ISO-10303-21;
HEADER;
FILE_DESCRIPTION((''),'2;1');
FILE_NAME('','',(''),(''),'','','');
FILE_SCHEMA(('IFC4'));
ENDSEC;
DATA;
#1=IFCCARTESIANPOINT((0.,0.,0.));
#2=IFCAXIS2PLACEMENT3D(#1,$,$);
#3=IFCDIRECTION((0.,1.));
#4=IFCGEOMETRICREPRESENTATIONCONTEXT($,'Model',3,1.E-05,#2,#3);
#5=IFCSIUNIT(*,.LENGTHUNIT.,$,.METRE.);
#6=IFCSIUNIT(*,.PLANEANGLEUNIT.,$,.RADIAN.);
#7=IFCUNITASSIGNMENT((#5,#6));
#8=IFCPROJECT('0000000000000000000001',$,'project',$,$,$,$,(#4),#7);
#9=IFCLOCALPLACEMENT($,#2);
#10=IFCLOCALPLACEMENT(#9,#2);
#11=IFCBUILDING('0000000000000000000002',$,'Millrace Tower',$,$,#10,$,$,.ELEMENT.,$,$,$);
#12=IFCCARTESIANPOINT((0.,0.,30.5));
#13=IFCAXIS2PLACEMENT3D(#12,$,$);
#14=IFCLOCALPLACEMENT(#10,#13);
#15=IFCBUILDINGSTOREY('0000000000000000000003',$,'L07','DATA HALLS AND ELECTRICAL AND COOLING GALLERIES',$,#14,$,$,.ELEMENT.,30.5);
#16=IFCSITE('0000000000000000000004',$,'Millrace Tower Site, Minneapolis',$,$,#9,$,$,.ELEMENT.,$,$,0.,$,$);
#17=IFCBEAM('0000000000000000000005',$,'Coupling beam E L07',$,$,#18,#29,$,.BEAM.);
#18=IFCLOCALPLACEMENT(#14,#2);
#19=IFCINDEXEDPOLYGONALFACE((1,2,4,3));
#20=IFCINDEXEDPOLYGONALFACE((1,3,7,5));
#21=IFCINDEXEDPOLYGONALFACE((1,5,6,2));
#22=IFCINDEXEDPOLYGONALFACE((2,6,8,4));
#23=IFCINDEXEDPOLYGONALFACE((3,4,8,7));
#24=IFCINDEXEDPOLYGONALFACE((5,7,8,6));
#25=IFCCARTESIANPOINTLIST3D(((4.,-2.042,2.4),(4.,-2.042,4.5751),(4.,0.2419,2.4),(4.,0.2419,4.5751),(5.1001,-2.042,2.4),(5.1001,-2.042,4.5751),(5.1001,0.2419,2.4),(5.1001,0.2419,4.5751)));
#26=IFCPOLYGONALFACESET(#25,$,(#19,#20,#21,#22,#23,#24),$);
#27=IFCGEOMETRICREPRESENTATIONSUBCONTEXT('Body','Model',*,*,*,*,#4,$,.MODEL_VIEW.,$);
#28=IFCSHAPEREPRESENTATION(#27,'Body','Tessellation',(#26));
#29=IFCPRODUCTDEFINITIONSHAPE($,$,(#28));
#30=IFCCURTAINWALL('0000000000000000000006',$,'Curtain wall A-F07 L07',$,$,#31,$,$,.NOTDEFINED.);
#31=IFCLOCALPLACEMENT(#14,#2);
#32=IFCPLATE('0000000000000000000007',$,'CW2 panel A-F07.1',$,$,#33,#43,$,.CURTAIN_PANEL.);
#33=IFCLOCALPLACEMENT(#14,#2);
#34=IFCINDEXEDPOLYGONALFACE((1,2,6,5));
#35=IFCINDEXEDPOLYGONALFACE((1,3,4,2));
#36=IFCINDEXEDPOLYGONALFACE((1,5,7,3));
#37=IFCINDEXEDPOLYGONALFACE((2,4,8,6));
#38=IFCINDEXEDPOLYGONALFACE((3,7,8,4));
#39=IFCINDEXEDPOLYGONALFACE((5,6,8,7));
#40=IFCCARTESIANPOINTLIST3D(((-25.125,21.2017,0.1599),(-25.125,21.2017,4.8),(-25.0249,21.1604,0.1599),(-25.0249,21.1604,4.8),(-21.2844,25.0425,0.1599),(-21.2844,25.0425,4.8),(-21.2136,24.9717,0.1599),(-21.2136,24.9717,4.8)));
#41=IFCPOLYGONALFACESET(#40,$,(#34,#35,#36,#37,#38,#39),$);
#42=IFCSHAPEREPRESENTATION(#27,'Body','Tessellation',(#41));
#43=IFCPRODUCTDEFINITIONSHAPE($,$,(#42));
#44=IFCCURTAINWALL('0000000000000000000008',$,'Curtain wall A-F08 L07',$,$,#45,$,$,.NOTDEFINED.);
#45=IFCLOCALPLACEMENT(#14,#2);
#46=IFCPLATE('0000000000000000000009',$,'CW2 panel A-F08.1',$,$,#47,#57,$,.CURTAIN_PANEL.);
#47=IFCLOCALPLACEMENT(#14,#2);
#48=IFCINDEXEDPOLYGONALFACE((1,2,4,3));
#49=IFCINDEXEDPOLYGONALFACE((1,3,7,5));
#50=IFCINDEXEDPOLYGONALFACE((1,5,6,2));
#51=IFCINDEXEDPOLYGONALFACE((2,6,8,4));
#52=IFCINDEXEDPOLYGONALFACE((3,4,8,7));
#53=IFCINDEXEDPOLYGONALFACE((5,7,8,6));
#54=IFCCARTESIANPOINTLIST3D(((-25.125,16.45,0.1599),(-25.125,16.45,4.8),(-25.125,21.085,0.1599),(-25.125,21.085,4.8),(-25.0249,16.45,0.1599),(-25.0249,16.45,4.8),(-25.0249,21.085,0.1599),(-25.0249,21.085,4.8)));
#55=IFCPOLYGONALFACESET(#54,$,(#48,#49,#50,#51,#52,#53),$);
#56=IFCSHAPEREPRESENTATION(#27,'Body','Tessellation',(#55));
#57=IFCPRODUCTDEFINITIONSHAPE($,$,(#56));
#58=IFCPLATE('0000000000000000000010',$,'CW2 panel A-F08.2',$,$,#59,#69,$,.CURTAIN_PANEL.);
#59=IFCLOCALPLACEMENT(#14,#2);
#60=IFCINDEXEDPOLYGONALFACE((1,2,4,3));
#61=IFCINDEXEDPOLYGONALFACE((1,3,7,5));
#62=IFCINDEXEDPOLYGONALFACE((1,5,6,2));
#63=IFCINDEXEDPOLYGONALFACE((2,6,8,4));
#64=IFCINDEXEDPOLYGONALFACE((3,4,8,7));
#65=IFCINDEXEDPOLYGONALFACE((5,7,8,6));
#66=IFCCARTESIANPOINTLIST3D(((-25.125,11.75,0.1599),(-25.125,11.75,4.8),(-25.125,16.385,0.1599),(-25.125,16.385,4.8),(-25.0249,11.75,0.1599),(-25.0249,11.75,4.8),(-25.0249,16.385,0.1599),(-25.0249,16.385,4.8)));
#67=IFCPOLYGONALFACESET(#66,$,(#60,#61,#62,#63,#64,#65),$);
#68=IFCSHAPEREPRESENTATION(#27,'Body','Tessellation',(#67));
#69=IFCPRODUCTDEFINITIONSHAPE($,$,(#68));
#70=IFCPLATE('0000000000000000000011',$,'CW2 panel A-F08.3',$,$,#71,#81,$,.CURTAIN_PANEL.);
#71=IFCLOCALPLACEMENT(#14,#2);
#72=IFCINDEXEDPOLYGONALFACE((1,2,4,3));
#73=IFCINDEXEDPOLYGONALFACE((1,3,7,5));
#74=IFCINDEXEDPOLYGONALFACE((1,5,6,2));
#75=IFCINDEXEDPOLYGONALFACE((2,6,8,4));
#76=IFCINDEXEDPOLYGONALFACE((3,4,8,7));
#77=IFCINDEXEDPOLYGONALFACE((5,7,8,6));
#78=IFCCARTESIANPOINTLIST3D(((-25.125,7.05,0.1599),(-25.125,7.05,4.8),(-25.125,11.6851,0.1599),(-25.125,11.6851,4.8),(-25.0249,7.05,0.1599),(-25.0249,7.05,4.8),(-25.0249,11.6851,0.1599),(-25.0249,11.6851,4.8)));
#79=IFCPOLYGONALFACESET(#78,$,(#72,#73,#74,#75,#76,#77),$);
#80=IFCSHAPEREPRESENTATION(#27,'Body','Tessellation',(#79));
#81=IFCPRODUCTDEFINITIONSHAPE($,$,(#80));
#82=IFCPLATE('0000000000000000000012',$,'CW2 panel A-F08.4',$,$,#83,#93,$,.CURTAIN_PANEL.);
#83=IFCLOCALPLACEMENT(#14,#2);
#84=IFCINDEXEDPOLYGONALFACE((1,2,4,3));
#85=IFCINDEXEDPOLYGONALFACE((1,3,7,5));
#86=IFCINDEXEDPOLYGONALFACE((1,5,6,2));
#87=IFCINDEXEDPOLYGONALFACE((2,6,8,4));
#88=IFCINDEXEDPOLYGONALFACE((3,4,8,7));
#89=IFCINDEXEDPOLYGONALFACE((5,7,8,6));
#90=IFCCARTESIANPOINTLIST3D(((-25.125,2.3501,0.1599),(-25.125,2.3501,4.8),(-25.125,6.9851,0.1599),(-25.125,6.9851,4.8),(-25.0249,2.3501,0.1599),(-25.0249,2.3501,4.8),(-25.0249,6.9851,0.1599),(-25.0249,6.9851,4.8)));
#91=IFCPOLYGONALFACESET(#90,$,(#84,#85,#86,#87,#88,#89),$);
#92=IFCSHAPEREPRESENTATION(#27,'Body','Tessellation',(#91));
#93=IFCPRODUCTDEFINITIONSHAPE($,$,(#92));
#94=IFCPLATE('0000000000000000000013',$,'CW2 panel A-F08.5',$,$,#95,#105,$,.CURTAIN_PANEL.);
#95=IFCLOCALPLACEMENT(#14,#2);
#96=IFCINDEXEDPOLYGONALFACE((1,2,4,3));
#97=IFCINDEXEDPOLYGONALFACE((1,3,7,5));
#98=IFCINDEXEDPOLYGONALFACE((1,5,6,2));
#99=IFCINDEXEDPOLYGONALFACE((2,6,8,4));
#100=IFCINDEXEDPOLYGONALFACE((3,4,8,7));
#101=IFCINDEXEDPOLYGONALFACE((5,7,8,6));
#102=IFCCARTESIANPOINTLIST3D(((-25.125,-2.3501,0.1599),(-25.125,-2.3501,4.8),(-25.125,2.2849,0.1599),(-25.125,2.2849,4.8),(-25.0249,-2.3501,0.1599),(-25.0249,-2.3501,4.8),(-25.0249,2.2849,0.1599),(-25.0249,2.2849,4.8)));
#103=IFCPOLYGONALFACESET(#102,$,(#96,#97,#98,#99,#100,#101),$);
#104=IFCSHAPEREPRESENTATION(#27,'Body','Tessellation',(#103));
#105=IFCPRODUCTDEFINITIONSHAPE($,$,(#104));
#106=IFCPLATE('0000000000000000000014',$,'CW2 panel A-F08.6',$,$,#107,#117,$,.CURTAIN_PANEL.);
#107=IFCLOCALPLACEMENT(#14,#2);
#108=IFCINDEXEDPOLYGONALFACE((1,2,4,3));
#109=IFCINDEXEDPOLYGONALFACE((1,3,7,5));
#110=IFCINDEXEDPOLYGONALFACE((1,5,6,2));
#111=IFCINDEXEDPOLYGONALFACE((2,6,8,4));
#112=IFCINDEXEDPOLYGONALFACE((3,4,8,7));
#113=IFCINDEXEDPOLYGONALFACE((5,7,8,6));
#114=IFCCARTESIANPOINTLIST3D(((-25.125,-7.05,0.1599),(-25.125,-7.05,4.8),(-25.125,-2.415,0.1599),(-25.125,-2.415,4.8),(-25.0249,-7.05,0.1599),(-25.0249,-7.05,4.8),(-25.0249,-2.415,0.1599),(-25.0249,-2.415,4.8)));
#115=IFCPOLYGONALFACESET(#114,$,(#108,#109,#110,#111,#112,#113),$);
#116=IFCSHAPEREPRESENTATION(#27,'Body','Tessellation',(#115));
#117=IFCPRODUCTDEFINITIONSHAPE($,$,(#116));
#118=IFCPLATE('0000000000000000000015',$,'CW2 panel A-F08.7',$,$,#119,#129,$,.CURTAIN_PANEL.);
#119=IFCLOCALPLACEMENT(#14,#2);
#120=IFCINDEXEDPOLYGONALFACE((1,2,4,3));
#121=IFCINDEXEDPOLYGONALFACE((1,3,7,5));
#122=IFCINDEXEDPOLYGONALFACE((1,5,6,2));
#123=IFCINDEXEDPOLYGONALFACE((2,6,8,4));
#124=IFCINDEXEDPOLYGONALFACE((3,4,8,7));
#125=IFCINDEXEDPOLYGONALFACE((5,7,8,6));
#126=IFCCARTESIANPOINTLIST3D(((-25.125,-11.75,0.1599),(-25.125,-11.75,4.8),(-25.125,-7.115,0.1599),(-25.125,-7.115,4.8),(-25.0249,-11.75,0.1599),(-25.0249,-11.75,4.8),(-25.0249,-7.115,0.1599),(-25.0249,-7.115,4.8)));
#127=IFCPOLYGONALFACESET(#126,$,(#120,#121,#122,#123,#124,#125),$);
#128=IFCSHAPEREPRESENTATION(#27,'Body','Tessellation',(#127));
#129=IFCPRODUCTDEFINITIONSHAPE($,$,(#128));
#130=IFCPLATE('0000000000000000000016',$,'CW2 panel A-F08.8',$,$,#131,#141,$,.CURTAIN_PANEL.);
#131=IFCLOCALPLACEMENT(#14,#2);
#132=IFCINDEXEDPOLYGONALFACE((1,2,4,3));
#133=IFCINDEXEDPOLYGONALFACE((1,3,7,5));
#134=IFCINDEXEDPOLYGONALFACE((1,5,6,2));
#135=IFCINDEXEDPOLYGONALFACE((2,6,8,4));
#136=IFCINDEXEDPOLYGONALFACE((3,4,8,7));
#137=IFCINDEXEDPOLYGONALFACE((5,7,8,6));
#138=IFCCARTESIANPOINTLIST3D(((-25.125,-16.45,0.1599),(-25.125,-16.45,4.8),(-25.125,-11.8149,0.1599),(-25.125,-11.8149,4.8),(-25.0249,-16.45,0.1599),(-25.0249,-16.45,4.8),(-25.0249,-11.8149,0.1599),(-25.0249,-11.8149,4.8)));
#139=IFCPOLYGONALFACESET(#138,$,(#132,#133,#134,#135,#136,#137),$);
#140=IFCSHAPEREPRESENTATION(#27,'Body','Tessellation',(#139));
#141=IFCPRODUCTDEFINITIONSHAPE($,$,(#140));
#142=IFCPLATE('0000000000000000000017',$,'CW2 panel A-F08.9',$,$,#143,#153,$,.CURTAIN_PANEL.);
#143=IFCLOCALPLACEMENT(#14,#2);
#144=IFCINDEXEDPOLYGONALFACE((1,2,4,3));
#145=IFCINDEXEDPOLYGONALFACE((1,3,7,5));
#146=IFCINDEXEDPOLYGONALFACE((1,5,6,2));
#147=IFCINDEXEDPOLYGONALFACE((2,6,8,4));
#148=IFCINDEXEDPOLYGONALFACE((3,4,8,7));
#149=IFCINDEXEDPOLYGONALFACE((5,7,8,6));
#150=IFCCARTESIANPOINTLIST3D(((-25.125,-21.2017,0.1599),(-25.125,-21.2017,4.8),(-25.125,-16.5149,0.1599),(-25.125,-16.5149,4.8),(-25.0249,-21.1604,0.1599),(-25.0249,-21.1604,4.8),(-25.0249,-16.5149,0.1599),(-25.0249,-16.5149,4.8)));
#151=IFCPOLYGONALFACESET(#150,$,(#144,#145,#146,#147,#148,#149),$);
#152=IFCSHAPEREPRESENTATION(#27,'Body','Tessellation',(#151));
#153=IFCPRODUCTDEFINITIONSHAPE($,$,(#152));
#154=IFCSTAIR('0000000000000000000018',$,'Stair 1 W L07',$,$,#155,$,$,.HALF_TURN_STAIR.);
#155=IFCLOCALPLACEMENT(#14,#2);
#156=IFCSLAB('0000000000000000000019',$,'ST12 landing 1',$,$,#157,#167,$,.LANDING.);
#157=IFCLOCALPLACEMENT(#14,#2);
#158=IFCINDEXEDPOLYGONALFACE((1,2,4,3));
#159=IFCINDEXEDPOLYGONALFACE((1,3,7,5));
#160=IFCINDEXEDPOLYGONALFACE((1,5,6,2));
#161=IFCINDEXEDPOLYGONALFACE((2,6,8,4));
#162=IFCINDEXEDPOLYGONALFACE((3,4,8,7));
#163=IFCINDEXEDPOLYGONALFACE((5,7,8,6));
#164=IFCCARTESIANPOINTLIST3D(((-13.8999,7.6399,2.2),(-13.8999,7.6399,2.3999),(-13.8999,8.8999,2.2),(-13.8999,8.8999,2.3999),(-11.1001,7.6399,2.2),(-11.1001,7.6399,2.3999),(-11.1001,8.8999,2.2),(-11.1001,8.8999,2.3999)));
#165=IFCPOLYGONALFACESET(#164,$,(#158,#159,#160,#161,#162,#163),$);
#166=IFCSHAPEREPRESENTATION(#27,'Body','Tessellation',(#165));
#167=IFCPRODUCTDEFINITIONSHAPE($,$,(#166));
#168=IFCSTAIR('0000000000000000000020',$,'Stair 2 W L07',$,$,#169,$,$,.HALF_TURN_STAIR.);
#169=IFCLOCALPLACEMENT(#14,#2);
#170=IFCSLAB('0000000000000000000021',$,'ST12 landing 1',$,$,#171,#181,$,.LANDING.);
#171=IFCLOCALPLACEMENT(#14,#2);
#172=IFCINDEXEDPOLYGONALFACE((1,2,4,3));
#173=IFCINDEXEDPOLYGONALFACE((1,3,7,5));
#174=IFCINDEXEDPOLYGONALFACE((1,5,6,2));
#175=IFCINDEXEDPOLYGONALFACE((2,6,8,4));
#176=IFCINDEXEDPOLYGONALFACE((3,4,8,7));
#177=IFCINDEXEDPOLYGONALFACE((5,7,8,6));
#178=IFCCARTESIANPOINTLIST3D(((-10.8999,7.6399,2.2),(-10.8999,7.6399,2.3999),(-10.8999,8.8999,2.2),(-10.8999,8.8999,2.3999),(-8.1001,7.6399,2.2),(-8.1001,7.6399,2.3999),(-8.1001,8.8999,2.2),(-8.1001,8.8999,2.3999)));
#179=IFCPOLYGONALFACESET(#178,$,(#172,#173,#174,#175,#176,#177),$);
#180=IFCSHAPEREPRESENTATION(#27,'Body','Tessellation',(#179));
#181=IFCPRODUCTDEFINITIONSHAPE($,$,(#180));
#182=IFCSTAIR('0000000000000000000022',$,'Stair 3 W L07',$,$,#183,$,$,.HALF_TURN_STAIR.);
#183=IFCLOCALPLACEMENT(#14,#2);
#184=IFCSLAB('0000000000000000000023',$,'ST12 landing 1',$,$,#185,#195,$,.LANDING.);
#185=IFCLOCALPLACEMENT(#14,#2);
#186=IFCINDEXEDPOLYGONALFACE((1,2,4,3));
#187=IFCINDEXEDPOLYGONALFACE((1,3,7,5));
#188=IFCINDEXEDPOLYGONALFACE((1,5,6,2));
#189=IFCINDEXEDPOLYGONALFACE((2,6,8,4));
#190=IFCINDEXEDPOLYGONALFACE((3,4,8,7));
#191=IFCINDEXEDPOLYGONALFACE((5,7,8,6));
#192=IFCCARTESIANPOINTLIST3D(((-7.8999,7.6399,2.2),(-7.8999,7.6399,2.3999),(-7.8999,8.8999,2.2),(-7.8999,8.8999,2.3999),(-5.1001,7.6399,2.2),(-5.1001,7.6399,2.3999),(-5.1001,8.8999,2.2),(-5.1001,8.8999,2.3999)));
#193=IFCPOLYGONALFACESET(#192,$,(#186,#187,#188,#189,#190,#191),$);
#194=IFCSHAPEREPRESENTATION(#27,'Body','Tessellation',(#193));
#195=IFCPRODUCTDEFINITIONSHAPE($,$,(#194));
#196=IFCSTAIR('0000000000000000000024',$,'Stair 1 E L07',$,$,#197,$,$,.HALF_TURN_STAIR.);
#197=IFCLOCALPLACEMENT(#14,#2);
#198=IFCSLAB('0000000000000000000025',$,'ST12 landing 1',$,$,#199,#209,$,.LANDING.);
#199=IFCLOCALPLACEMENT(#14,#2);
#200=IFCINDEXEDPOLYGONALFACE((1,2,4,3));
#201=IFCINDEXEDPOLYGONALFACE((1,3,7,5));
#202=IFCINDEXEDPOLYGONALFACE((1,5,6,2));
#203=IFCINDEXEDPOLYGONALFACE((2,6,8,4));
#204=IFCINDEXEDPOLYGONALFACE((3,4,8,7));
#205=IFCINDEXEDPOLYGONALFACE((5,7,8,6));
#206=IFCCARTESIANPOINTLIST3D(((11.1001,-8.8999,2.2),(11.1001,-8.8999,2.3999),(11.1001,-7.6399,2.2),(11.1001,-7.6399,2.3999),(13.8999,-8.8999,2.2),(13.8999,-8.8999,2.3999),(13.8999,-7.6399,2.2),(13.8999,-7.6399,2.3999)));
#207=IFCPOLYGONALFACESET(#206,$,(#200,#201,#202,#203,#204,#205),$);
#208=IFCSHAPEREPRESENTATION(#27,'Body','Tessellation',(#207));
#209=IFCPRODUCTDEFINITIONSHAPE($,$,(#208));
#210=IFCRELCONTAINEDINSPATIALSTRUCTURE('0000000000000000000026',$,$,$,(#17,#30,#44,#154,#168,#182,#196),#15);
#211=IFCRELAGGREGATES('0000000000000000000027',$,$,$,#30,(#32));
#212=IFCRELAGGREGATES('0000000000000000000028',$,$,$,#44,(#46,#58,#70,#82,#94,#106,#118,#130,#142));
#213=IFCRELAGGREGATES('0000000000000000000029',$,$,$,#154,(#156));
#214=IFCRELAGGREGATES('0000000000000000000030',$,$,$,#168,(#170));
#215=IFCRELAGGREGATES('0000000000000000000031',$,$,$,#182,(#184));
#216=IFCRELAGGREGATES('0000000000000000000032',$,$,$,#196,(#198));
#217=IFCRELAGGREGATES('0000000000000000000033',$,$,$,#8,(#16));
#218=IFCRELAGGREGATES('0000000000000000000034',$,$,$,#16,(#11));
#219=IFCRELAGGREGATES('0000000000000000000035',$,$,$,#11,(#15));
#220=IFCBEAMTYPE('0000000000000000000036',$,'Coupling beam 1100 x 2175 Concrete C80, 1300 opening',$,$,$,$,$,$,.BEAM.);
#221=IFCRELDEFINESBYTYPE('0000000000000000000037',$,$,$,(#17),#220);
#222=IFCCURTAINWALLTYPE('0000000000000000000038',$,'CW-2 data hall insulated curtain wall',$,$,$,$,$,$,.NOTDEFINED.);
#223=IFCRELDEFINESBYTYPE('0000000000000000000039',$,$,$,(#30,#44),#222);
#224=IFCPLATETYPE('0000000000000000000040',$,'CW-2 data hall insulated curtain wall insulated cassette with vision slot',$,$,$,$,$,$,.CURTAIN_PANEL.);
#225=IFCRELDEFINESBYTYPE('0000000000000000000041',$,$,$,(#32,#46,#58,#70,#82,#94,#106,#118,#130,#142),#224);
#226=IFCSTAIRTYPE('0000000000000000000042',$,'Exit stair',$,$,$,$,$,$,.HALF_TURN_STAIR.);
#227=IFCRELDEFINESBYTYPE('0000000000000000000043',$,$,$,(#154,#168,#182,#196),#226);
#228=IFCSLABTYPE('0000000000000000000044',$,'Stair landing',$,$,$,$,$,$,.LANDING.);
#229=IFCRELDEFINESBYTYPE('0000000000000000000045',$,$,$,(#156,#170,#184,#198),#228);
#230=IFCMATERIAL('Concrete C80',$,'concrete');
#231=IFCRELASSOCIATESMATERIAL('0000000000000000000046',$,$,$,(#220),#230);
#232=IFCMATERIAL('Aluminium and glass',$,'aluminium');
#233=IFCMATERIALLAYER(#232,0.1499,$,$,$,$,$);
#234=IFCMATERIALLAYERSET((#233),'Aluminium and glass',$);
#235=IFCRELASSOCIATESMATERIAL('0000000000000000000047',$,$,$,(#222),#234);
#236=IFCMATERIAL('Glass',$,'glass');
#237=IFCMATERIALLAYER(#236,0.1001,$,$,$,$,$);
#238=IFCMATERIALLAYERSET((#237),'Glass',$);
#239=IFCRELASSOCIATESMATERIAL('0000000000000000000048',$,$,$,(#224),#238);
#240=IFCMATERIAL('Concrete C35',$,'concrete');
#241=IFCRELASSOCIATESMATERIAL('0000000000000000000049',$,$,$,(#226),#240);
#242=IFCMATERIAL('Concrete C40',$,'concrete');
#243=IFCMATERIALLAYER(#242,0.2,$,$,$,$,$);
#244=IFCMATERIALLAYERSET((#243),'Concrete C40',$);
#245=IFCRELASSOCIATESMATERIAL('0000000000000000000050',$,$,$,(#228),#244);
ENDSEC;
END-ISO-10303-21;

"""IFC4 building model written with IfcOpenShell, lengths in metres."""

from ifc_helpers import new_model, si_unit, direction, frame, origin, origin_2d, place, context, subcontext, project, spatial, polyline, rectangle, outline, extrude, material, layer, layer_set, material_profile, profile_set, type_object, element, aggregate, save


model = new_model("IFC4")

# Units and contexts
model_context = context("Model", 3, precision=1e-05, world=origin(), true_north=direction((0.0, 1.0)))
body_context = subcontext(model_context, "Body", "Model", "MODEL_VIEW")
ifc_project = project(units=[si_unit("LENGTHUNIT", "METRE"), si_unit("PLANEANGLEUNIT", "RADIAN")], contexts=[model_context])

# Site, building, storey
site_placement = place(None, origin())
site = spatial("IfcSite", under=ifc_project, at=site_placement, Name="Millrace Tower Site, Minneapolis", CompositionType="ELEMENT", RefElevation=0.0)
building_placement = place(site_placement, origin())
building = spatial("IfcBuilding", under=site, at=building_placement, Name="Millrace Tower", CompositionType="ELEMENT")
storey_placement = place(building_placement, frame((0.0, 0.0, 30.5)))
storey = spatial("IfcBuildingStorey", under=building, at=storey_placement, Name="L07", Description="DATA HALLS AND ELECTRICAL AND COOLING GALLERIES", CompositionType="ELEMENT", Elevation=30.5)

# Beam
ifc_material_1 = material(Name="Concrete C80", Category="concrete")
ifc_material_profile = material_profile(ifc_material_1, rectangle(XDim=1.1001, YDim=2.175, at=origin_2d()))
ifc_profile_set = profile_set([ifc_material_profile], Name="Concrete C80")
beam_type = type_object("IfcBeamType", Name="Coupling beam 1100 x 2175 Concrete C80, 1300 opening", PredefinedType="BEAM", material=ifc_profile_set)
beam_placement = place(storey_placement, frame((4.55, 0.2419, 3.4875), z_axis=(0.0, -1.0, 0.0), x_axis=(1.0, 0.0, 0.0)))
element("IfcBeam", 1, at=beam_placement, inside=storey, type_object=beam_type, Name="Coupling beam E L07", PredefinedType="BEAM", context=body_context, shape_type="SweptSolid", body=[
    extrude(rectangle(XDim=1.1001, YDim=2.175, at=origin_2d()), origin(), (0.0, 0.0, 1.0), 2.2839),
])

# Curtain wall, plate
ifc_material_2 = material(Name="Aluminium and glass", Category="aluminium")
ifc_layer_1 = layer(ifc_material_2, 0.1499)
ifc_layer_set_1 = layer_set([ifc_layer_1], Name="Aluminium and glass")
curtain_wall_type = type_object("IfcCurtainWallType", Name="CW-2 data hall insulated curtain wall", PredefinedType="NOTDEFINED", material=ifc_layer_set_1)
placement_1 = place(storey_placement, origin())
curtain_wall_1 = element("IfcCurtainWall", 2, at=placement_1, inside=storey, type_object=curtain_wall_type, Name="Curtain wall A-F07 L07", PredefinedType="NOTDEFINED")
ifc_material_3 = material(Name="Glass", Category="glass")
ifc_layer_2 = layer(ifc_material_3, 0.1001)
ifc_layer_set_2 = layer_set([ifc_layer_2], Name="Glass")
plate_type = type_object("IfcPlateType", Name="CW-2 data hall insulated curtain wall insulated cassette with vision slot", PredefinedType="CURTAIN_PANEL", material=ifc_layer_set_2)
placement_2 = place(storey_placement, frame((0.0, 0.0, 0.1599)))
plate_1 = element("IfcPlate", 3, at=placement_2, type_object=plate_type, Name="CW2 panel A-F07.1", PredefinedType="CURTAIN_PANEL", context=body_context, shape_type="SweptSolid", body=[
    extrude(outline(polyline([(-21.2844, 25.0425), (-25.125, 21.2017), (-25.0249, 21.1604), (-21.2136, 24.9717), (-21.2844, 25.0425)])), origin(), (0.0, 0.0, 1.0), 4.6401),
])
aggregate(curtain_wall_1, [plate_1])

# Curtain wall, plates
curtain_wall_2 = element("IfcCurtainWall", 4, at=placement_1, inside=storey, type_object=curtain_wall_type, Name="Curtain wall A-F08 L07", PredefinedType="NOTDEFINED")
plate_2 = element("IfcPlate", 5, at=placement_2, type_object=plate_type, Name="CW2 panel A-F08.1", PredefinedType="CURTAIN_PANEL", context=body_context, shape_type="SweptSolid", body=[
    extrude(outline(polyline([(-25.125, 21.085), (-25.125, 16.45), (-25.0249, 16.45), (-25.0249, 21.085), (-25.125, 21.085)])), origin(), (0.0, 0.0, 1.0), 4.6401),
])
plate_3 = element("IfcPlate", 6, at=placement_2, type_object=plate_type, Name="CW2 panel A-F08.2", PredefinedType="CURTAIN_PANEL", context=body_context, shape_type="SweptSolid", body=[
    extrude(outline(polyline([(-25.125, 16.385), (-25.125, 11.75), (-25.0249, 11.75), (-25.0249, 16.385), (-25.125, 16.385)])), origin(), (0.0, 0.0, 1.0), 4.6401),
])
plate_4 = element("IfcPlate", 7, at=placement_2, type_object=plate_type, Name="CW2 panel A-F08.3", PredefinedType="CURTAIN_PANEL", context=body_context, shape_type="SweptSolid", body=[
    extrude(outline(polyline([(-25.125, 11.6851), (-25.125, 7.05), (-25.0249, 7.05), (-25.0249, 11.6851), (-25.125, 11.6851)])), origin(), (0.0, 0.0, 1.0), 4.6401),
])
plate_5 = element("IfcPlate", 8, at=placement_2, type_object=plate_type, Name="CW2 panel A-F08.4", PredefinedType="CURTAIN_PANEL", context=body_context, shape_type="SweptSolid", body=[
    extrude(outline(polyline([(-25.125, 6.9851), (-25.125, 2.3501), (-25.0249, 2.3501), (-25.0249, 6.9851), (-25.125, 6.9851)])), origin(), (0.0, 0.0, 1.0), 4.6401),
])
plate_6 = element("IfcPlate", 9, at=placement_2, type_object=plate_type, Name="CW2 panel A-F08.5", PredefinedType="CURTAIN_PANEL", context=body_context, shape_type="SweptSolid", body=[
    extrude(outline(polyline([(-25.125, 2.2849), (-25.125, -2.3501), (-25.0249, -2.3501), (-25.0249, 2.2849), (-25.125, 2.2849)])), origin(), (0.0, 0.0, 1.0), 4.6401),
])
plate_7 = element("IfcPlate", 10, at=placement_2, type_object=plate_type, Name="CW2 panel A-F08.6", PredefinedType="CURTAIN_PANEL", context=body_context, shape_type="SweptSolid", body=[
    extrude(outline(polyline([(-25.125, -2.415), (-25.125, -7.05), (-25.0249, -7.05), (-25.0249, -2.415), (-25.125, -2.415)])), origin(), (0.0, 0.0, 1.0), 4.6401),
])
plate_8 = element("IfcPlate", 11, at=placement_2, type_object=plate_type, Name="CW2 panel A-F08.7", PredefinedType="CURTAIN_PANEL", context=body_context, shape_type="SweptSolid", body=[
    extrude(outline(polyline([(-25.125, -7.115), (-25.125, -11.75), (-25.0249, -11.75), (-25.0249, -7.115), (-25.125, -7.115)])), origin(), (0.0, 0.0, 1.0), 4.6401),
])
plate_9 = element("IfcPlate", 12, at=placement_2, type_object=plate_type, Name="CW2 panel A-F08.8", PredefinedType="CURTAIN_PANEL", context=body_context, shape_type="SweptSolid", body=[
    extrude(outline(polyline([(-25.125, -11.8149), (-25.125, -16.45), (-25.0249, -16.45), (-25.0249, -11.8149), (-25.125, -11.8149)])), origin(), (0.0, 0.0, 1.0), 4.6401),
])
plate_10 = element("IfcPlate", 13, at=placement_2, type_object=plate_type, Name="CW2 panel A-F08.9", PredefinedType="CURTAIN_PANEL", context=body_context, shape_type="SweptSolid", body=[
    extrude(outline(polyline([(-25.125, -16.5149), (-25.125, -21.2017), (-25.0249, -21.1604), (-25.0249, -16.5149), (-25.125, -16.5149)])), origin(), (0.0, 0.0, 1.0), 4.6401),
])
aggregate(curtain_wall_2, [plate_2, plate_3, plate_4, plate_5, plate_6, plate_7, plate_8, plate_9, plate_10])

# Stairs, slabs
ifc_material_4 = material(Name="Concrete C35", Category="concrete")
stair_type = type_object("IfcStairType", Name="Exit stair", PredefinedType="HALF_TURN_STAIR", material=ifc_material_4)
stair_1 = element("IfcStair", 14, at=placement_1, inside=storey, type_object=stair_type, Name="Stair 1 W L07", PredefinedType="HALF_TURN_STAIR")
ifc_material_5 = material(Name="Concrete C40", Category="concrete")
ifc_layer_3 = layer(ifc_material_5, 0.2)
ifc_layer_set_3 = layer_set([ifc_layer_3], Name="Concrete C40")
slab_type = type_object("IfcSlabType", Name="Stair landing", PredefinedType="LANDING", material=ifc_layer_set_3)
placement_3 = place(storey_placement, frame((0.0, 0.0, 2.2)))
slab_1 = element("IfcSlab", 15, at=placement_3, type_object=slab_type, Name="ST12 landing 1", PredefinedType="LANDING", context=body_context, shape_type="SweptSolid", body=[
    extrude(outline(polyline([(-13.8999, 7.6399), (-11.1001, 7.6399), (-11.1001, 8.8999), (-13.8999, 8.8999), (-13.8999, 7.6399)])), origin(), (0.0, 0.0, 1.0), 0.2),
])
aggregate(stair_1, [slab_1])
stair_2 = element("IfcStair", 16, at=placement_1, inside=storey, type_object=stair_type, Name="Stair 2 W L07", PredefinedType="HALF_TURN_STAIR")
slab_2 = element("IfcSlab", 17, at=placement_3, type_object=slab_type, Name="ST12 landing 1", PredefinedType="LANDING", context=body_context, shape_type="SweptSolid", body=[
    extrude(outline(polyline([(-10.8999, 7.6399), (-8.1001, 7.6399), (-8.1001, 8.8999), (-10.8999, 8.8999), (-10.8999, 7.6399)])), origin(), (0.0, 0.0, 1.0), 0.2),
])
aggregate(stair_2, [slab_2])
stair_3 = element("IfcStair", 18, at=placement_1, inside=storey, type_object=stair_type, Name="Stair 3 W L07", PredefinedType="HALF_TURN_STAIR")
slab_3 = element("IfcSlab", 19, at=placement_3, type_object=slab_type, Name="ST12 landing 1", PredefinedType="LANDING", context=body_context, shape_type="SweptSolid", body=[
    extrude(outline(polyline([(-7.8999, 7.6399), (-5.1001, 7.6399), (-5.1001, 8.8999), (-7.8999, 8.8999), (-7.8999, 7.6399)])), origin(), (0.0, 0.0, 1.0), 0.2),
])
aggregate(stair_3, [slab_3])
stair_4 = element("IfcStair", 20, at=placement_1, inside=storey, type_object=stair_type, Name="Stair 1 E L07", PredefinedType="HALF_TURN_STAIR")
slab_4 = element("IfcSlab", 21, at=placement_3, type_object=slab_type, Name="ST12 landing 1", PredefinedType="LANDING", context=body_context, shape_type="SweptSolid", body=[
    extrude(outline(polyline([(11.1001, -8.8999), (13.8999, -8.8999), (13.8999, -7.6399), (11.1001, -7.6399), (11.1001, -8.8999)])), origin(), (0.0, 0.0, 1.0), 0.2),
])
aggregate(stair_4, [slab_4])

save(model, "model.ifc")
